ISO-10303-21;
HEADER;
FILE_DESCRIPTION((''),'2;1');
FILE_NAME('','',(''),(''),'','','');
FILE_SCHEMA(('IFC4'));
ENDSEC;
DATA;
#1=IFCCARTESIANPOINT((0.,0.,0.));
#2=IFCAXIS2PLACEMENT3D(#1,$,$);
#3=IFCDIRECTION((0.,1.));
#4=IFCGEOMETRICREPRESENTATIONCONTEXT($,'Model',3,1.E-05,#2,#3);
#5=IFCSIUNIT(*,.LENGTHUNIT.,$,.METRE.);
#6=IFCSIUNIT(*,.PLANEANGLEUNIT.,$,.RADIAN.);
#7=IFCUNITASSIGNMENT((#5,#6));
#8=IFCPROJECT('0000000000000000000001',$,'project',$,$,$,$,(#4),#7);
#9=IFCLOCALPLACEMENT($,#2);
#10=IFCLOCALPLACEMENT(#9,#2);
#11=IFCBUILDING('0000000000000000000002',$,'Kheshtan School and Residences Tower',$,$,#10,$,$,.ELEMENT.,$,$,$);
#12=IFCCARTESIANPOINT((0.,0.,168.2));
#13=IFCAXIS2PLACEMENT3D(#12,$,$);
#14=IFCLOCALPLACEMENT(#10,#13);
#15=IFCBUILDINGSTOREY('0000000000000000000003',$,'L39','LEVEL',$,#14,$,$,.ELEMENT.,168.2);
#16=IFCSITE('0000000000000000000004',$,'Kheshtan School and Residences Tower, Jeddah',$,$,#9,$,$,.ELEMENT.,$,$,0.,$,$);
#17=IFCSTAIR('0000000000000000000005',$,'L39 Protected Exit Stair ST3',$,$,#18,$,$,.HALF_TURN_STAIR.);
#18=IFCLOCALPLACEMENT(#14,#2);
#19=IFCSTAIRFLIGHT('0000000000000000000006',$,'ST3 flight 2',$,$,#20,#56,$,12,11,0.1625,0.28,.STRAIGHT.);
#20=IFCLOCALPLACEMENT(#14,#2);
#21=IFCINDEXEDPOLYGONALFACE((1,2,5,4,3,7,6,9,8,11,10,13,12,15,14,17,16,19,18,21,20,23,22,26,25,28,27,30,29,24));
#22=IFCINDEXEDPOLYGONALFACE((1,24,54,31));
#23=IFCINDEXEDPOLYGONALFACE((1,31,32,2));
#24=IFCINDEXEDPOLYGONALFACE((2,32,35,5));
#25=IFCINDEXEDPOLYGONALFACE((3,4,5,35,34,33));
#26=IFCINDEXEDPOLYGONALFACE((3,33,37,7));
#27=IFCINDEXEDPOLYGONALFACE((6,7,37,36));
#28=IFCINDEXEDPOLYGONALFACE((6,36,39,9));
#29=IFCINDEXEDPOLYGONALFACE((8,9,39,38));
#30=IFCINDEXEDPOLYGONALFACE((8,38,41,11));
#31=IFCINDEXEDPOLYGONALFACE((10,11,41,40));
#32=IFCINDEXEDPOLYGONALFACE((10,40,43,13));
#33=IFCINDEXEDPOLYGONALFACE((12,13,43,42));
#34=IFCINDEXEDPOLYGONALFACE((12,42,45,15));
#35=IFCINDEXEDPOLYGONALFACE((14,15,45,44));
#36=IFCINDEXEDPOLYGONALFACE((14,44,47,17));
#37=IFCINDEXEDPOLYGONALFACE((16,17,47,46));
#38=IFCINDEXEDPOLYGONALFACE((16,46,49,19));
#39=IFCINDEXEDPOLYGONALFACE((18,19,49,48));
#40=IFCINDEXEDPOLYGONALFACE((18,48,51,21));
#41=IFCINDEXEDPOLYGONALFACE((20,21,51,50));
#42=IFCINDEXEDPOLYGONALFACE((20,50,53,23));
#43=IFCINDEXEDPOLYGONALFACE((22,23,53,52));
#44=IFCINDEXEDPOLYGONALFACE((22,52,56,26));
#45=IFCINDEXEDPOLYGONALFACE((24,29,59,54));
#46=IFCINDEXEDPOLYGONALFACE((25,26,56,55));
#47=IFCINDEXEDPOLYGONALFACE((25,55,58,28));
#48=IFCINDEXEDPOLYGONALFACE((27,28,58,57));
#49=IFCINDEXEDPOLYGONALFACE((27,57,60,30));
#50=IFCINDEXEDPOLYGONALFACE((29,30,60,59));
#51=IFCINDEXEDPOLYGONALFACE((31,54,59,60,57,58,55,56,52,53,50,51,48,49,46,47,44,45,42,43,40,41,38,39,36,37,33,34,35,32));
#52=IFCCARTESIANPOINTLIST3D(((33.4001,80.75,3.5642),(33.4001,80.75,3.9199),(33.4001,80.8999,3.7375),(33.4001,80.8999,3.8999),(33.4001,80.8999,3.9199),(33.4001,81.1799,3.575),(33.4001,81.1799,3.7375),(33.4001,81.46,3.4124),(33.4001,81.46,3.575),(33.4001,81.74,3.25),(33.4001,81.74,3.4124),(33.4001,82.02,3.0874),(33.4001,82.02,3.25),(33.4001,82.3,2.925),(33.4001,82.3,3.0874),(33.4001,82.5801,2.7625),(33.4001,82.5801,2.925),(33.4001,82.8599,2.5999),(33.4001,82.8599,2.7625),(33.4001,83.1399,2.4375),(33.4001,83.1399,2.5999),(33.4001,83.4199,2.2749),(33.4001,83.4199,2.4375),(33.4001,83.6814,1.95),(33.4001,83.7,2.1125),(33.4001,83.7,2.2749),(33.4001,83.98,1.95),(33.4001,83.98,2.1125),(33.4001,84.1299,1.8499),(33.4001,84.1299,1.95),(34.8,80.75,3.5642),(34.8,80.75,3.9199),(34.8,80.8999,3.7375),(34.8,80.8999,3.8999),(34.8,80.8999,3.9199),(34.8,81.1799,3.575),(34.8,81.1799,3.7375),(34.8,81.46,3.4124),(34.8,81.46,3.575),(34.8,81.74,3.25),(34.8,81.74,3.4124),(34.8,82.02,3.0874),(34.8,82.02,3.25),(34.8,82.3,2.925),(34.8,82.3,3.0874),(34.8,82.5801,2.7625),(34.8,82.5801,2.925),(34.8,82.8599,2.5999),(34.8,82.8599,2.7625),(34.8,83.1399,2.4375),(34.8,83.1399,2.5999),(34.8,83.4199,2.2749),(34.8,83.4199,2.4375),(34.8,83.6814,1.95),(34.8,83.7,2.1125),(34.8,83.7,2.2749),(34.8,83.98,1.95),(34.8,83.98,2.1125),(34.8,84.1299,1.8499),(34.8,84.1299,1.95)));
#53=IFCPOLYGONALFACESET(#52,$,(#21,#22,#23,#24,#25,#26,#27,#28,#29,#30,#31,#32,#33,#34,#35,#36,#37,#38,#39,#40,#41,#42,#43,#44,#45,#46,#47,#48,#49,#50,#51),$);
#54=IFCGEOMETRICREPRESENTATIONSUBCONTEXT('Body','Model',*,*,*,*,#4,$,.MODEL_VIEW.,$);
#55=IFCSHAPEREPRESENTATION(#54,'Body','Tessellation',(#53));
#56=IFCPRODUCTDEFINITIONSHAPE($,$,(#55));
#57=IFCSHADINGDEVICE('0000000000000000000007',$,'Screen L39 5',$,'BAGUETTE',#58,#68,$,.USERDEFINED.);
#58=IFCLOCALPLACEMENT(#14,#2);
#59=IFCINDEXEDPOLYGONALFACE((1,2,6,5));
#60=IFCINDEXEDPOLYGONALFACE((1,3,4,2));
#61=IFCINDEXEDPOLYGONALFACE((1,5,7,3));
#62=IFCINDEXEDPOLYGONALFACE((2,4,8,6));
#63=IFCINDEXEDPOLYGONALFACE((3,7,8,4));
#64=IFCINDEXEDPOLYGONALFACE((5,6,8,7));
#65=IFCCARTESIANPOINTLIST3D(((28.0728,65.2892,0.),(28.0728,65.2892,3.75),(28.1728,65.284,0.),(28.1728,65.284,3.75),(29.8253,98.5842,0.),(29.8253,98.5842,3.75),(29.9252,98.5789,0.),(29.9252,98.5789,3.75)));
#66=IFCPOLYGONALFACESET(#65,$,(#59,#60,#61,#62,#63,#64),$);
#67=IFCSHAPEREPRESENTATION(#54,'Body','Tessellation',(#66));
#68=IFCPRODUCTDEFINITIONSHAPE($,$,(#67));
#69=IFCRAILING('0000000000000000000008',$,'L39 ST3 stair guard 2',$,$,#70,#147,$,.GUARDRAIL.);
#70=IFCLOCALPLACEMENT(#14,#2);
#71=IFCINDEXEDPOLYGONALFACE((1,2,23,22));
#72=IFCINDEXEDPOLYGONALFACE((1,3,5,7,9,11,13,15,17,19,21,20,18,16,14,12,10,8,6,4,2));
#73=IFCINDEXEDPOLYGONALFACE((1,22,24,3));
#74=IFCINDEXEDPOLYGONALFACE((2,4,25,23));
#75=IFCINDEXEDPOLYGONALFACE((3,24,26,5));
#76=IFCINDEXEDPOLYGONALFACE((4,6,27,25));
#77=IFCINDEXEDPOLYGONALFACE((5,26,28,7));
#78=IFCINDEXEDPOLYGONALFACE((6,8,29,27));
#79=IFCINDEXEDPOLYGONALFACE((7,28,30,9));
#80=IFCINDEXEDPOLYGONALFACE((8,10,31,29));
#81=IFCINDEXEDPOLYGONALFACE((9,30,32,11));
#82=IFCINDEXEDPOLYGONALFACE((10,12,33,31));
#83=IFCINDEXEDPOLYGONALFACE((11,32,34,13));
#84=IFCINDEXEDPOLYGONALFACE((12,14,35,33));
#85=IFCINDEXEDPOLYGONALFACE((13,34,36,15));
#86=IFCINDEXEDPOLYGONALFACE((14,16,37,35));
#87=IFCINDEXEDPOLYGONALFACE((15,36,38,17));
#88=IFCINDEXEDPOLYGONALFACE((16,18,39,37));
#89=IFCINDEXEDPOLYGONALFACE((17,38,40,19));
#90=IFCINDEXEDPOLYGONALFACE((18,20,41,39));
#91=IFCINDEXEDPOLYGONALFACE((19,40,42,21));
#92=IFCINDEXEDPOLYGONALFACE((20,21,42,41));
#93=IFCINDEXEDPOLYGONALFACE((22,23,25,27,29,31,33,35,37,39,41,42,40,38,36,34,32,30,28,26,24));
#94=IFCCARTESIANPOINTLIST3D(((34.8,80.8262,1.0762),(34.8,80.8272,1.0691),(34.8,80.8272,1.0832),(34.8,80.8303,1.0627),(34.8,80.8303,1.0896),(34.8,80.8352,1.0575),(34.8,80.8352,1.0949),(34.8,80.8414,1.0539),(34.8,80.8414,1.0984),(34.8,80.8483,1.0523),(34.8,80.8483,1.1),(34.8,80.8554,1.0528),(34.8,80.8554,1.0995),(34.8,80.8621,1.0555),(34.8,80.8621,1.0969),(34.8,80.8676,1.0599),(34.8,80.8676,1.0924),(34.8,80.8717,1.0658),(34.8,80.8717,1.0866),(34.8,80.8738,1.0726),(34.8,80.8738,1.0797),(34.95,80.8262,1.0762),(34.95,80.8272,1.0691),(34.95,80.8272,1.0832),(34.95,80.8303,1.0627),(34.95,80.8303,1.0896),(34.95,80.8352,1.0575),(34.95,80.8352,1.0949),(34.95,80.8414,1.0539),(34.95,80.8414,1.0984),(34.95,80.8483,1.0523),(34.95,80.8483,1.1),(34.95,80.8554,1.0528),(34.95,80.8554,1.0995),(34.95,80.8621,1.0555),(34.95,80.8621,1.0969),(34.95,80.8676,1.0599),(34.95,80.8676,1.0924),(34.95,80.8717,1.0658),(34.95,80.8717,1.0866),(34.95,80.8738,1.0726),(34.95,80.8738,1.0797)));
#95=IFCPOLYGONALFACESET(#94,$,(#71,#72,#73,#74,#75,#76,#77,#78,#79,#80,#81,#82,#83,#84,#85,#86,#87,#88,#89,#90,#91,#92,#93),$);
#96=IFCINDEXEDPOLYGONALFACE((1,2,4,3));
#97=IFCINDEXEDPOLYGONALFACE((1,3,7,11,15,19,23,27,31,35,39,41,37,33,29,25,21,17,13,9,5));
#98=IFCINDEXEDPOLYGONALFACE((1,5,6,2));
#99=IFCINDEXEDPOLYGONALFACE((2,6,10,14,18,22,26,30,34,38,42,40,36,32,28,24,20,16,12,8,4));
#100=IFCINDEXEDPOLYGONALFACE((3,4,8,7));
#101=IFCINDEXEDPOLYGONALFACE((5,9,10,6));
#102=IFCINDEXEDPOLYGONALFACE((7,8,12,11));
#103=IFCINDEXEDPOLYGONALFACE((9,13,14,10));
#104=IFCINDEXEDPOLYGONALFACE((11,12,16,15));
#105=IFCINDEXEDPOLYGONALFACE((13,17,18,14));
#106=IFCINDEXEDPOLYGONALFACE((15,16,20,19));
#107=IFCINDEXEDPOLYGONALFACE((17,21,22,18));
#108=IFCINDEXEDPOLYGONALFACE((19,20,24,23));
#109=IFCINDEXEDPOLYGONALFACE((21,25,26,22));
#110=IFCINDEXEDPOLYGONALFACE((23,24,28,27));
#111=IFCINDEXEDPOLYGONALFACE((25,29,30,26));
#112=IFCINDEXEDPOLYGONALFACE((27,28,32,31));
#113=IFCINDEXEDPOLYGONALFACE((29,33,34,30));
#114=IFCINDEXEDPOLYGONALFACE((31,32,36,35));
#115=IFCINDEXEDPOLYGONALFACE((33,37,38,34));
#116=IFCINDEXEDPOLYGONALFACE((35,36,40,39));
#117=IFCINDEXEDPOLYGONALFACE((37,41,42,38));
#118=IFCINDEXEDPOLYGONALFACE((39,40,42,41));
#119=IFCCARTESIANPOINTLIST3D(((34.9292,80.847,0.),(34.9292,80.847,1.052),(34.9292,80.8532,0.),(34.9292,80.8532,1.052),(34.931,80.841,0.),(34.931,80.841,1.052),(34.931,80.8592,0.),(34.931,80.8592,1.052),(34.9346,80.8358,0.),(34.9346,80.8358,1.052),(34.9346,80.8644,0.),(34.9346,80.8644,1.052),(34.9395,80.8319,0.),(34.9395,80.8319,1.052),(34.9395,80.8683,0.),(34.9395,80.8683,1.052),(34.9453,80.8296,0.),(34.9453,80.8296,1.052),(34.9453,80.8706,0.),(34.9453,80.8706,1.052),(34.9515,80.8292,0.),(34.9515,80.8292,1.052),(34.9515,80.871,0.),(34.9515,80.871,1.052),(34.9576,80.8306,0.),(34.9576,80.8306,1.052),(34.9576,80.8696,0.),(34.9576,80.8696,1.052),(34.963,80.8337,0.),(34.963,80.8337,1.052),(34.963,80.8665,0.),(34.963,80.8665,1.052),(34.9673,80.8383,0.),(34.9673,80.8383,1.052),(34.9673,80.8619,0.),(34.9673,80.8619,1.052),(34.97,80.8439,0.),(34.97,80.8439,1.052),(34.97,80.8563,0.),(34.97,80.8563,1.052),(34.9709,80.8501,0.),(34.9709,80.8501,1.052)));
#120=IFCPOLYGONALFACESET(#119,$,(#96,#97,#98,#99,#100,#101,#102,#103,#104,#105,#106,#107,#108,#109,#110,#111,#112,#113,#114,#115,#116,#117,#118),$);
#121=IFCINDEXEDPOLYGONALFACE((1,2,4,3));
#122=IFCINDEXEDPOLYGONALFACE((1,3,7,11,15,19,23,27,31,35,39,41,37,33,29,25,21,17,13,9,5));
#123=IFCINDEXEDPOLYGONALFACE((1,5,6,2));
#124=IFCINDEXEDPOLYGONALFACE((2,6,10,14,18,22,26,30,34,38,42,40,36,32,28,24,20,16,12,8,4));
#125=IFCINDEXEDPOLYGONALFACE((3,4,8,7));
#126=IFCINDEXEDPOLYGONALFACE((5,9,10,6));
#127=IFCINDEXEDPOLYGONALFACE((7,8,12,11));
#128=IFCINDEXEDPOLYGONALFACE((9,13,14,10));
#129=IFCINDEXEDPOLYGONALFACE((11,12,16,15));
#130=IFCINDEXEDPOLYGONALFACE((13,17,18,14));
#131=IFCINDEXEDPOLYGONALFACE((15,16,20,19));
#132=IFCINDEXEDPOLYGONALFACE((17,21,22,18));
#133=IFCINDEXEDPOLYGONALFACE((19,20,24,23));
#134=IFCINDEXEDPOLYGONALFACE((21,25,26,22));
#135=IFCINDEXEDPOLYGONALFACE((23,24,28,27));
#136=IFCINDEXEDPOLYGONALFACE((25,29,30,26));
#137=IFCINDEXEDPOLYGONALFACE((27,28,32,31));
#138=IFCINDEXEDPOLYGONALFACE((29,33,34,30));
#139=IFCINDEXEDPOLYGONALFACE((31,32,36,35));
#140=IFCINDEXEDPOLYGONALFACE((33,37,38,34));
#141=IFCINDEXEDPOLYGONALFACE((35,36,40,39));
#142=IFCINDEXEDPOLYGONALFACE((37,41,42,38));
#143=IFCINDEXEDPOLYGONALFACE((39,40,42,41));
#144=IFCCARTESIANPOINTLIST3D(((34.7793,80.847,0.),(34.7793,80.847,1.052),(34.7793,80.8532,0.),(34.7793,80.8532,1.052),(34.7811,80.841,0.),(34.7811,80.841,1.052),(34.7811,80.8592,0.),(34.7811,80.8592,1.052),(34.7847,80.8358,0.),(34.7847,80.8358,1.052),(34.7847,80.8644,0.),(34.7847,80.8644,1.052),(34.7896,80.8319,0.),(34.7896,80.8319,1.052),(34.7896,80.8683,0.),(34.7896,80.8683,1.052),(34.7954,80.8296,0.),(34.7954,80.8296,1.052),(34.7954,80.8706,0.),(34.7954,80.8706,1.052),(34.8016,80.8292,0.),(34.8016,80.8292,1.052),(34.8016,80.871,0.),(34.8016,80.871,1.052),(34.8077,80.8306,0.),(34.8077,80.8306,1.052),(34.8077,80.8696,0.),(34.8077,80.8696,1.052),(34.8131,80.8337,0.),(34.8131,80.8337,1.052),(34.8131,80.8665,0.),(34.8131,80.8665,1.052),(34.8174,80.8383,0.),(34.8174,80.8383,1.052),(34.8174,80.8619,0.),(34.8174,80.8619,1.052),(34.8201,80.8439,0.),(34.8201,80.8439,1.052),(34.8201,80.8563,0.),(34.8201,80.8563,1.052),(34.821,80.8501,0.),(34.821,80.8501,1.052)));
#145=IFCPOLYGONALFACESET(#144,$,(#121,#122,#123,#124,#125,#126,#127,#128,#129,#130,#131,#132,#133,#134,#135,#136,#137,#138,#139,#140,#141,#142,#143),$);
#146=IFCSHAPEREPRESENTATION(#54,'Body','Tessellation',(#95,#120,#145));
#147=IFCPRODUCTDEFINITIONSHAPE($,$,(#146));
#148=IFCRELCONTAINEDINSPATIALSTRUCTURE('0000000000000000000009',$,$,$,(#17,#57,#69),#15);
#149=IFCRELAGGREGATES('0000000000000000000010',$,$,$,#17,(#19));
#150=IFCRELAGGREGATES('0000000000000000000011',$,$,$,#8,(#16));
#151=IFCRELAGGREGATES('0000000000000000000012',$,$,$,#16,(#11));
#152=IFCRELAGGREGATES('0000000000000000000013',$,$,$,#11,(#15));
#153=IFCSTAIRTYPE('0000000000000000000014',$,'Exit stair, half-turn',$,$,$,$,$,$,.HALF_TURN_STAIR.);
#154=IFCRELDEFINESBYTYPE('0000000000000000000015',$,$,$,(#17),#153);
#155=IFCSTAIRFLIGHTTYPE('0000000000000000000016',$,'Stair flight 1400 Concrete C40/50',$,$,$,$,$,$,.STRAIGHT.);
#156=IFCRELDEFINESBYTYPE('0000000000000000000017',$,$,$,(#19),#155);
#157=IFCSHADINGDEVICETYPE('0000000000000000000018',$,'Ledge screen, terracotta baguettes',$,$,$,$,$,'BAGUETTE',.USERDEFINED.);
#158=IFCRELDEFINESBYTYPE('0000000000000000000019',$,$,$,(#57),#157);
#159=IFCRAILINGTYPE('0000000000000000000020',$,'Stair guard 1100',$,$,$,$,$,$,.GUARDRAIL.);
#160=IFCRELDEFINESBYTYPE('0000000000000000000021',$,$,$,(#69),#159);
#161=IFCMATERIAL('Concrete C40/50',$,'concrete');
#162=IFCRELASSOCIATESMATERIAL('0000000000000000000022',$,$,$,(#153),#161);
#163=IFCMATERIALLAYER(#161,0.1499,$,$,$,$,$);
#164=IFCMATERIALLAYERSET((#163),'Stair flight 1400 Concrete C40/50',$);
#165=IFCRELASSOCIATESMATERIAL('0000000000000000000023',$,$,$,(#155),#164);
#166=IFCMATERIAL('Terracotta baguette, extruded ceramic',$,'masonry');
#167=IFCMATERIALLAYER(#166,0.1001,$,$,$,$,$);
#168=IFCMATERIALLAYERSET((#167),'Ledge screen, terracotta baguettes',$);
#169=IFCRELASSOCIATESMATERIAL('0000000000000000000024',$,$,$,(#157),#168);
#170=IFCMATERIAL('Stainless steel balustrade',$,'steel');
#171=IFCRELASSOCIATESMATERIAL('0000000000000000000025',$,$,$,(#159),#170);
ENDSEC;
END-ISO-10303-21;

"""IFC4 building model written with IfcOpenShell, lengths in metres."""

from ifc_helpers import new_model, si_unit, direction, frame, origin, origin_2d, place, context, subcontext, project, spatial, polyline, rectangle, circle, outline, extrude, material, layer, layer_set, type_object, element, aggregate, save


model = new_model("IFC4")

# Units and contexts
model_context = context("Model", 3, precision=1e-05, world=origin(), true_north=direction((0.0, 1.0)))
body_context = subcontext(model_context, "Body", "Model", "MODEL_VIEW")
ifc_project = project(units=[si_unit("LENGTHUNIT", "METRE"), si_unit("PLANEANGLEUNIT", "RADIAN")], contexts=[model_context])

# Site, building, storey
site_placement = place(None, origin())
site = spatial("IfcSite", under=ifc_project, at=site_placement, Name="Kheshtan School and Residences Tower, Jeddah", CompositionType="ELEMENT", RefElevation=0.0)
building_placement = place(site_placement, origin())
building = spatial("IfcBuilding", under=site, at=building_placement, Name="Kheshtan School and Residences Tower", CompositionType="ELEMENT")
storey_placement = place(building_placement, frame((0.0, 0.0, 168.2)))
storey = spatial("IfcBuildingStorey", under=building, at=storey_placement, Name="L39", Description="LEVEL", CompositionType="ELEMENT", Elevation=168.2)

# Shared definitions
ifc_material_1 = material(Name="Concrete C40/50", Category="concrete")

# Stair, stair flight
stair_type = type_object("IfcStairType", Name="Exit stair, half-turn", PredefinedType="HALF_TURN_STAIR", material=ifc_material_1)
stair_placement = place(storey_placement, origin())
stair = element("IfcStair", 1, at=stair_placement, inside=storey, type_object=stair_type, Name="L39 Protected Exit Stair ST3", PredefinedType="HALF_TURN_STAIR")
ifc_layer_1 = layer(ifc_material_1, 0.1499)
ifc_layer_set_1 = layer_set([ifc_layer_1], Name="Stair flight 1400 Concrete C40/50")
stair_flight_type = type_object("IfcStairFlightType", Name="Stair flight 1400 Concrete C40/50", PredefinedType="STRAIGHT", material=ifc_layer_set_1)
stair_flight_1_placement = place(storey_placement, frame((34.1001, 83.98, 1.95), z_axis=(0.0, 0.0, 1.0), x_axis=(0.0, -1.0, 0.0)))
stair_flight_1 = element("IfcStairFlight", 2, at=stair_flight_1_placement, type_object=stair_flight_type, Name="ST3 flight 2", NumberOfRisers=12, NumberOfTreads=11, PredefinedType="STRAIGHT", RiserHeight=0.1625, TreadLength=0.28, context=body_context, shape_type="SweptSolid", body=[
    extrude(outline(polyline([(-0.1499, -0.1001), (-0.1499, 0.0), (0.0, 0.0), (0.0, 0.1626), (0.28, 0.1626), (0.28, 0.325), (0.5601, 0.325), (0.5601, 0.4875), (0.8401, 0.4875), (0.8401, 0.6499), (1.1201, 0.6499), (1.1201, 0.8125), (1.3999, 0.8125), (1.3999, 0.9751), (1.6799, 0.9751), (1.6799, 1.1375), (1.96, 1.1375), (1.96, 1.3), (2.24, 1.3), (2.24, 1.4624), (2.52, 1.4624), (2.52, 1.625), (2.8, 1.625), (2.8, 1.7876), (3.0801, 1.7876), (3.0801, 1.95), (3.0801, 1.97), (3.23, 1.97), (3.23, 1.6143), (0.2986, 0.0), (-0.1499, -0.1001)])), frame((0.0, 0.7, 0.0), z_axis=(0.0, -1.0, 0.0), x_axis=(1.0, 0.0, 0.0)), (0.0, 0.0, 1.0), 1.3999),
])
aggregate(stair, [stair_flight_1])

# Shading device
ifc_material_2 = material(Name="Terracotta baguette, extruded ceramic", Category="masonry")
ifc_layer_2 = layer(ifc_material_2, 0.1001)
ifc_layer_set_2 = layer_set([ifc_layer_2], Name="Ledge screen, terracotta baguettes")
shading_device_type = type_object("IfcShadingDeviceType", Name="Ledge screen, terracotta baguettes", ElementType="BAGUETTE", PredefinedType="USERDEFINED", material=ifc_layer_set_2)
shading_device_placement = place(storey_placement, frame((28.999, 81.9341, 0.0), z_axis=(0.0, 0.0, 1.0), x_axis=(0.052563, 0.998618, 0.0)))
element("IfcShadingDevice", 3, at=shading_device_placement, inside=storey, type_object=shading_device_type, Name="Screen L39 5", ObjectType="BAGUETTE", PredefinedType="USERDEFINED", context=body_context, shape_type="SweptSolid", body=[
    extrude(rectangle(XDim=33.3411, YDim=0.1001, at=origin_2d()), origin(), (0.0, 0.0, 1.0), 3.75),
])

# Railing
ifc_material_3 = material(Name="Stainless steel balustrade", Category="steel")
railing_type_1 = type_object("IfcRailingType", Name="Stair guard 1100", PredefinedType="GUARDRAIL", material=ifc_material_3)
railing_1_placement = place(storey_placement, frame((34.95, 80.8501, 0.0)))
element("IfcRailing", 4, at=railing_1_placement, inside=storey, type_object=railing_type_1, Name="L39 ST3 stair guard 2", PredefinedType="GUARDRAIL", context=body_context, shape_type="SweptSolid", body=[
    extrude(circle(Radius=0.0239, at=origin_2d()), frame((0.0, 0.0, 1.0762), z_axis=(-1.0, 0.0, 0.0), x_axis=(0.0, -1.0, 0.0)), (0.0, 0.0, 1.0), 0.1499),
    extrude(circle(Radius=0.021, at=origin_2d()), origin(), (0.0, 0.0, 1.0), 1.052),
    extrude(circle(Radius=0.021, at=origin_2d()), frame((-0.1499, 0.0, 0.0)), (0.0, 0.0, 1.0), 1.052),
])

save(model, "model.ifc")
